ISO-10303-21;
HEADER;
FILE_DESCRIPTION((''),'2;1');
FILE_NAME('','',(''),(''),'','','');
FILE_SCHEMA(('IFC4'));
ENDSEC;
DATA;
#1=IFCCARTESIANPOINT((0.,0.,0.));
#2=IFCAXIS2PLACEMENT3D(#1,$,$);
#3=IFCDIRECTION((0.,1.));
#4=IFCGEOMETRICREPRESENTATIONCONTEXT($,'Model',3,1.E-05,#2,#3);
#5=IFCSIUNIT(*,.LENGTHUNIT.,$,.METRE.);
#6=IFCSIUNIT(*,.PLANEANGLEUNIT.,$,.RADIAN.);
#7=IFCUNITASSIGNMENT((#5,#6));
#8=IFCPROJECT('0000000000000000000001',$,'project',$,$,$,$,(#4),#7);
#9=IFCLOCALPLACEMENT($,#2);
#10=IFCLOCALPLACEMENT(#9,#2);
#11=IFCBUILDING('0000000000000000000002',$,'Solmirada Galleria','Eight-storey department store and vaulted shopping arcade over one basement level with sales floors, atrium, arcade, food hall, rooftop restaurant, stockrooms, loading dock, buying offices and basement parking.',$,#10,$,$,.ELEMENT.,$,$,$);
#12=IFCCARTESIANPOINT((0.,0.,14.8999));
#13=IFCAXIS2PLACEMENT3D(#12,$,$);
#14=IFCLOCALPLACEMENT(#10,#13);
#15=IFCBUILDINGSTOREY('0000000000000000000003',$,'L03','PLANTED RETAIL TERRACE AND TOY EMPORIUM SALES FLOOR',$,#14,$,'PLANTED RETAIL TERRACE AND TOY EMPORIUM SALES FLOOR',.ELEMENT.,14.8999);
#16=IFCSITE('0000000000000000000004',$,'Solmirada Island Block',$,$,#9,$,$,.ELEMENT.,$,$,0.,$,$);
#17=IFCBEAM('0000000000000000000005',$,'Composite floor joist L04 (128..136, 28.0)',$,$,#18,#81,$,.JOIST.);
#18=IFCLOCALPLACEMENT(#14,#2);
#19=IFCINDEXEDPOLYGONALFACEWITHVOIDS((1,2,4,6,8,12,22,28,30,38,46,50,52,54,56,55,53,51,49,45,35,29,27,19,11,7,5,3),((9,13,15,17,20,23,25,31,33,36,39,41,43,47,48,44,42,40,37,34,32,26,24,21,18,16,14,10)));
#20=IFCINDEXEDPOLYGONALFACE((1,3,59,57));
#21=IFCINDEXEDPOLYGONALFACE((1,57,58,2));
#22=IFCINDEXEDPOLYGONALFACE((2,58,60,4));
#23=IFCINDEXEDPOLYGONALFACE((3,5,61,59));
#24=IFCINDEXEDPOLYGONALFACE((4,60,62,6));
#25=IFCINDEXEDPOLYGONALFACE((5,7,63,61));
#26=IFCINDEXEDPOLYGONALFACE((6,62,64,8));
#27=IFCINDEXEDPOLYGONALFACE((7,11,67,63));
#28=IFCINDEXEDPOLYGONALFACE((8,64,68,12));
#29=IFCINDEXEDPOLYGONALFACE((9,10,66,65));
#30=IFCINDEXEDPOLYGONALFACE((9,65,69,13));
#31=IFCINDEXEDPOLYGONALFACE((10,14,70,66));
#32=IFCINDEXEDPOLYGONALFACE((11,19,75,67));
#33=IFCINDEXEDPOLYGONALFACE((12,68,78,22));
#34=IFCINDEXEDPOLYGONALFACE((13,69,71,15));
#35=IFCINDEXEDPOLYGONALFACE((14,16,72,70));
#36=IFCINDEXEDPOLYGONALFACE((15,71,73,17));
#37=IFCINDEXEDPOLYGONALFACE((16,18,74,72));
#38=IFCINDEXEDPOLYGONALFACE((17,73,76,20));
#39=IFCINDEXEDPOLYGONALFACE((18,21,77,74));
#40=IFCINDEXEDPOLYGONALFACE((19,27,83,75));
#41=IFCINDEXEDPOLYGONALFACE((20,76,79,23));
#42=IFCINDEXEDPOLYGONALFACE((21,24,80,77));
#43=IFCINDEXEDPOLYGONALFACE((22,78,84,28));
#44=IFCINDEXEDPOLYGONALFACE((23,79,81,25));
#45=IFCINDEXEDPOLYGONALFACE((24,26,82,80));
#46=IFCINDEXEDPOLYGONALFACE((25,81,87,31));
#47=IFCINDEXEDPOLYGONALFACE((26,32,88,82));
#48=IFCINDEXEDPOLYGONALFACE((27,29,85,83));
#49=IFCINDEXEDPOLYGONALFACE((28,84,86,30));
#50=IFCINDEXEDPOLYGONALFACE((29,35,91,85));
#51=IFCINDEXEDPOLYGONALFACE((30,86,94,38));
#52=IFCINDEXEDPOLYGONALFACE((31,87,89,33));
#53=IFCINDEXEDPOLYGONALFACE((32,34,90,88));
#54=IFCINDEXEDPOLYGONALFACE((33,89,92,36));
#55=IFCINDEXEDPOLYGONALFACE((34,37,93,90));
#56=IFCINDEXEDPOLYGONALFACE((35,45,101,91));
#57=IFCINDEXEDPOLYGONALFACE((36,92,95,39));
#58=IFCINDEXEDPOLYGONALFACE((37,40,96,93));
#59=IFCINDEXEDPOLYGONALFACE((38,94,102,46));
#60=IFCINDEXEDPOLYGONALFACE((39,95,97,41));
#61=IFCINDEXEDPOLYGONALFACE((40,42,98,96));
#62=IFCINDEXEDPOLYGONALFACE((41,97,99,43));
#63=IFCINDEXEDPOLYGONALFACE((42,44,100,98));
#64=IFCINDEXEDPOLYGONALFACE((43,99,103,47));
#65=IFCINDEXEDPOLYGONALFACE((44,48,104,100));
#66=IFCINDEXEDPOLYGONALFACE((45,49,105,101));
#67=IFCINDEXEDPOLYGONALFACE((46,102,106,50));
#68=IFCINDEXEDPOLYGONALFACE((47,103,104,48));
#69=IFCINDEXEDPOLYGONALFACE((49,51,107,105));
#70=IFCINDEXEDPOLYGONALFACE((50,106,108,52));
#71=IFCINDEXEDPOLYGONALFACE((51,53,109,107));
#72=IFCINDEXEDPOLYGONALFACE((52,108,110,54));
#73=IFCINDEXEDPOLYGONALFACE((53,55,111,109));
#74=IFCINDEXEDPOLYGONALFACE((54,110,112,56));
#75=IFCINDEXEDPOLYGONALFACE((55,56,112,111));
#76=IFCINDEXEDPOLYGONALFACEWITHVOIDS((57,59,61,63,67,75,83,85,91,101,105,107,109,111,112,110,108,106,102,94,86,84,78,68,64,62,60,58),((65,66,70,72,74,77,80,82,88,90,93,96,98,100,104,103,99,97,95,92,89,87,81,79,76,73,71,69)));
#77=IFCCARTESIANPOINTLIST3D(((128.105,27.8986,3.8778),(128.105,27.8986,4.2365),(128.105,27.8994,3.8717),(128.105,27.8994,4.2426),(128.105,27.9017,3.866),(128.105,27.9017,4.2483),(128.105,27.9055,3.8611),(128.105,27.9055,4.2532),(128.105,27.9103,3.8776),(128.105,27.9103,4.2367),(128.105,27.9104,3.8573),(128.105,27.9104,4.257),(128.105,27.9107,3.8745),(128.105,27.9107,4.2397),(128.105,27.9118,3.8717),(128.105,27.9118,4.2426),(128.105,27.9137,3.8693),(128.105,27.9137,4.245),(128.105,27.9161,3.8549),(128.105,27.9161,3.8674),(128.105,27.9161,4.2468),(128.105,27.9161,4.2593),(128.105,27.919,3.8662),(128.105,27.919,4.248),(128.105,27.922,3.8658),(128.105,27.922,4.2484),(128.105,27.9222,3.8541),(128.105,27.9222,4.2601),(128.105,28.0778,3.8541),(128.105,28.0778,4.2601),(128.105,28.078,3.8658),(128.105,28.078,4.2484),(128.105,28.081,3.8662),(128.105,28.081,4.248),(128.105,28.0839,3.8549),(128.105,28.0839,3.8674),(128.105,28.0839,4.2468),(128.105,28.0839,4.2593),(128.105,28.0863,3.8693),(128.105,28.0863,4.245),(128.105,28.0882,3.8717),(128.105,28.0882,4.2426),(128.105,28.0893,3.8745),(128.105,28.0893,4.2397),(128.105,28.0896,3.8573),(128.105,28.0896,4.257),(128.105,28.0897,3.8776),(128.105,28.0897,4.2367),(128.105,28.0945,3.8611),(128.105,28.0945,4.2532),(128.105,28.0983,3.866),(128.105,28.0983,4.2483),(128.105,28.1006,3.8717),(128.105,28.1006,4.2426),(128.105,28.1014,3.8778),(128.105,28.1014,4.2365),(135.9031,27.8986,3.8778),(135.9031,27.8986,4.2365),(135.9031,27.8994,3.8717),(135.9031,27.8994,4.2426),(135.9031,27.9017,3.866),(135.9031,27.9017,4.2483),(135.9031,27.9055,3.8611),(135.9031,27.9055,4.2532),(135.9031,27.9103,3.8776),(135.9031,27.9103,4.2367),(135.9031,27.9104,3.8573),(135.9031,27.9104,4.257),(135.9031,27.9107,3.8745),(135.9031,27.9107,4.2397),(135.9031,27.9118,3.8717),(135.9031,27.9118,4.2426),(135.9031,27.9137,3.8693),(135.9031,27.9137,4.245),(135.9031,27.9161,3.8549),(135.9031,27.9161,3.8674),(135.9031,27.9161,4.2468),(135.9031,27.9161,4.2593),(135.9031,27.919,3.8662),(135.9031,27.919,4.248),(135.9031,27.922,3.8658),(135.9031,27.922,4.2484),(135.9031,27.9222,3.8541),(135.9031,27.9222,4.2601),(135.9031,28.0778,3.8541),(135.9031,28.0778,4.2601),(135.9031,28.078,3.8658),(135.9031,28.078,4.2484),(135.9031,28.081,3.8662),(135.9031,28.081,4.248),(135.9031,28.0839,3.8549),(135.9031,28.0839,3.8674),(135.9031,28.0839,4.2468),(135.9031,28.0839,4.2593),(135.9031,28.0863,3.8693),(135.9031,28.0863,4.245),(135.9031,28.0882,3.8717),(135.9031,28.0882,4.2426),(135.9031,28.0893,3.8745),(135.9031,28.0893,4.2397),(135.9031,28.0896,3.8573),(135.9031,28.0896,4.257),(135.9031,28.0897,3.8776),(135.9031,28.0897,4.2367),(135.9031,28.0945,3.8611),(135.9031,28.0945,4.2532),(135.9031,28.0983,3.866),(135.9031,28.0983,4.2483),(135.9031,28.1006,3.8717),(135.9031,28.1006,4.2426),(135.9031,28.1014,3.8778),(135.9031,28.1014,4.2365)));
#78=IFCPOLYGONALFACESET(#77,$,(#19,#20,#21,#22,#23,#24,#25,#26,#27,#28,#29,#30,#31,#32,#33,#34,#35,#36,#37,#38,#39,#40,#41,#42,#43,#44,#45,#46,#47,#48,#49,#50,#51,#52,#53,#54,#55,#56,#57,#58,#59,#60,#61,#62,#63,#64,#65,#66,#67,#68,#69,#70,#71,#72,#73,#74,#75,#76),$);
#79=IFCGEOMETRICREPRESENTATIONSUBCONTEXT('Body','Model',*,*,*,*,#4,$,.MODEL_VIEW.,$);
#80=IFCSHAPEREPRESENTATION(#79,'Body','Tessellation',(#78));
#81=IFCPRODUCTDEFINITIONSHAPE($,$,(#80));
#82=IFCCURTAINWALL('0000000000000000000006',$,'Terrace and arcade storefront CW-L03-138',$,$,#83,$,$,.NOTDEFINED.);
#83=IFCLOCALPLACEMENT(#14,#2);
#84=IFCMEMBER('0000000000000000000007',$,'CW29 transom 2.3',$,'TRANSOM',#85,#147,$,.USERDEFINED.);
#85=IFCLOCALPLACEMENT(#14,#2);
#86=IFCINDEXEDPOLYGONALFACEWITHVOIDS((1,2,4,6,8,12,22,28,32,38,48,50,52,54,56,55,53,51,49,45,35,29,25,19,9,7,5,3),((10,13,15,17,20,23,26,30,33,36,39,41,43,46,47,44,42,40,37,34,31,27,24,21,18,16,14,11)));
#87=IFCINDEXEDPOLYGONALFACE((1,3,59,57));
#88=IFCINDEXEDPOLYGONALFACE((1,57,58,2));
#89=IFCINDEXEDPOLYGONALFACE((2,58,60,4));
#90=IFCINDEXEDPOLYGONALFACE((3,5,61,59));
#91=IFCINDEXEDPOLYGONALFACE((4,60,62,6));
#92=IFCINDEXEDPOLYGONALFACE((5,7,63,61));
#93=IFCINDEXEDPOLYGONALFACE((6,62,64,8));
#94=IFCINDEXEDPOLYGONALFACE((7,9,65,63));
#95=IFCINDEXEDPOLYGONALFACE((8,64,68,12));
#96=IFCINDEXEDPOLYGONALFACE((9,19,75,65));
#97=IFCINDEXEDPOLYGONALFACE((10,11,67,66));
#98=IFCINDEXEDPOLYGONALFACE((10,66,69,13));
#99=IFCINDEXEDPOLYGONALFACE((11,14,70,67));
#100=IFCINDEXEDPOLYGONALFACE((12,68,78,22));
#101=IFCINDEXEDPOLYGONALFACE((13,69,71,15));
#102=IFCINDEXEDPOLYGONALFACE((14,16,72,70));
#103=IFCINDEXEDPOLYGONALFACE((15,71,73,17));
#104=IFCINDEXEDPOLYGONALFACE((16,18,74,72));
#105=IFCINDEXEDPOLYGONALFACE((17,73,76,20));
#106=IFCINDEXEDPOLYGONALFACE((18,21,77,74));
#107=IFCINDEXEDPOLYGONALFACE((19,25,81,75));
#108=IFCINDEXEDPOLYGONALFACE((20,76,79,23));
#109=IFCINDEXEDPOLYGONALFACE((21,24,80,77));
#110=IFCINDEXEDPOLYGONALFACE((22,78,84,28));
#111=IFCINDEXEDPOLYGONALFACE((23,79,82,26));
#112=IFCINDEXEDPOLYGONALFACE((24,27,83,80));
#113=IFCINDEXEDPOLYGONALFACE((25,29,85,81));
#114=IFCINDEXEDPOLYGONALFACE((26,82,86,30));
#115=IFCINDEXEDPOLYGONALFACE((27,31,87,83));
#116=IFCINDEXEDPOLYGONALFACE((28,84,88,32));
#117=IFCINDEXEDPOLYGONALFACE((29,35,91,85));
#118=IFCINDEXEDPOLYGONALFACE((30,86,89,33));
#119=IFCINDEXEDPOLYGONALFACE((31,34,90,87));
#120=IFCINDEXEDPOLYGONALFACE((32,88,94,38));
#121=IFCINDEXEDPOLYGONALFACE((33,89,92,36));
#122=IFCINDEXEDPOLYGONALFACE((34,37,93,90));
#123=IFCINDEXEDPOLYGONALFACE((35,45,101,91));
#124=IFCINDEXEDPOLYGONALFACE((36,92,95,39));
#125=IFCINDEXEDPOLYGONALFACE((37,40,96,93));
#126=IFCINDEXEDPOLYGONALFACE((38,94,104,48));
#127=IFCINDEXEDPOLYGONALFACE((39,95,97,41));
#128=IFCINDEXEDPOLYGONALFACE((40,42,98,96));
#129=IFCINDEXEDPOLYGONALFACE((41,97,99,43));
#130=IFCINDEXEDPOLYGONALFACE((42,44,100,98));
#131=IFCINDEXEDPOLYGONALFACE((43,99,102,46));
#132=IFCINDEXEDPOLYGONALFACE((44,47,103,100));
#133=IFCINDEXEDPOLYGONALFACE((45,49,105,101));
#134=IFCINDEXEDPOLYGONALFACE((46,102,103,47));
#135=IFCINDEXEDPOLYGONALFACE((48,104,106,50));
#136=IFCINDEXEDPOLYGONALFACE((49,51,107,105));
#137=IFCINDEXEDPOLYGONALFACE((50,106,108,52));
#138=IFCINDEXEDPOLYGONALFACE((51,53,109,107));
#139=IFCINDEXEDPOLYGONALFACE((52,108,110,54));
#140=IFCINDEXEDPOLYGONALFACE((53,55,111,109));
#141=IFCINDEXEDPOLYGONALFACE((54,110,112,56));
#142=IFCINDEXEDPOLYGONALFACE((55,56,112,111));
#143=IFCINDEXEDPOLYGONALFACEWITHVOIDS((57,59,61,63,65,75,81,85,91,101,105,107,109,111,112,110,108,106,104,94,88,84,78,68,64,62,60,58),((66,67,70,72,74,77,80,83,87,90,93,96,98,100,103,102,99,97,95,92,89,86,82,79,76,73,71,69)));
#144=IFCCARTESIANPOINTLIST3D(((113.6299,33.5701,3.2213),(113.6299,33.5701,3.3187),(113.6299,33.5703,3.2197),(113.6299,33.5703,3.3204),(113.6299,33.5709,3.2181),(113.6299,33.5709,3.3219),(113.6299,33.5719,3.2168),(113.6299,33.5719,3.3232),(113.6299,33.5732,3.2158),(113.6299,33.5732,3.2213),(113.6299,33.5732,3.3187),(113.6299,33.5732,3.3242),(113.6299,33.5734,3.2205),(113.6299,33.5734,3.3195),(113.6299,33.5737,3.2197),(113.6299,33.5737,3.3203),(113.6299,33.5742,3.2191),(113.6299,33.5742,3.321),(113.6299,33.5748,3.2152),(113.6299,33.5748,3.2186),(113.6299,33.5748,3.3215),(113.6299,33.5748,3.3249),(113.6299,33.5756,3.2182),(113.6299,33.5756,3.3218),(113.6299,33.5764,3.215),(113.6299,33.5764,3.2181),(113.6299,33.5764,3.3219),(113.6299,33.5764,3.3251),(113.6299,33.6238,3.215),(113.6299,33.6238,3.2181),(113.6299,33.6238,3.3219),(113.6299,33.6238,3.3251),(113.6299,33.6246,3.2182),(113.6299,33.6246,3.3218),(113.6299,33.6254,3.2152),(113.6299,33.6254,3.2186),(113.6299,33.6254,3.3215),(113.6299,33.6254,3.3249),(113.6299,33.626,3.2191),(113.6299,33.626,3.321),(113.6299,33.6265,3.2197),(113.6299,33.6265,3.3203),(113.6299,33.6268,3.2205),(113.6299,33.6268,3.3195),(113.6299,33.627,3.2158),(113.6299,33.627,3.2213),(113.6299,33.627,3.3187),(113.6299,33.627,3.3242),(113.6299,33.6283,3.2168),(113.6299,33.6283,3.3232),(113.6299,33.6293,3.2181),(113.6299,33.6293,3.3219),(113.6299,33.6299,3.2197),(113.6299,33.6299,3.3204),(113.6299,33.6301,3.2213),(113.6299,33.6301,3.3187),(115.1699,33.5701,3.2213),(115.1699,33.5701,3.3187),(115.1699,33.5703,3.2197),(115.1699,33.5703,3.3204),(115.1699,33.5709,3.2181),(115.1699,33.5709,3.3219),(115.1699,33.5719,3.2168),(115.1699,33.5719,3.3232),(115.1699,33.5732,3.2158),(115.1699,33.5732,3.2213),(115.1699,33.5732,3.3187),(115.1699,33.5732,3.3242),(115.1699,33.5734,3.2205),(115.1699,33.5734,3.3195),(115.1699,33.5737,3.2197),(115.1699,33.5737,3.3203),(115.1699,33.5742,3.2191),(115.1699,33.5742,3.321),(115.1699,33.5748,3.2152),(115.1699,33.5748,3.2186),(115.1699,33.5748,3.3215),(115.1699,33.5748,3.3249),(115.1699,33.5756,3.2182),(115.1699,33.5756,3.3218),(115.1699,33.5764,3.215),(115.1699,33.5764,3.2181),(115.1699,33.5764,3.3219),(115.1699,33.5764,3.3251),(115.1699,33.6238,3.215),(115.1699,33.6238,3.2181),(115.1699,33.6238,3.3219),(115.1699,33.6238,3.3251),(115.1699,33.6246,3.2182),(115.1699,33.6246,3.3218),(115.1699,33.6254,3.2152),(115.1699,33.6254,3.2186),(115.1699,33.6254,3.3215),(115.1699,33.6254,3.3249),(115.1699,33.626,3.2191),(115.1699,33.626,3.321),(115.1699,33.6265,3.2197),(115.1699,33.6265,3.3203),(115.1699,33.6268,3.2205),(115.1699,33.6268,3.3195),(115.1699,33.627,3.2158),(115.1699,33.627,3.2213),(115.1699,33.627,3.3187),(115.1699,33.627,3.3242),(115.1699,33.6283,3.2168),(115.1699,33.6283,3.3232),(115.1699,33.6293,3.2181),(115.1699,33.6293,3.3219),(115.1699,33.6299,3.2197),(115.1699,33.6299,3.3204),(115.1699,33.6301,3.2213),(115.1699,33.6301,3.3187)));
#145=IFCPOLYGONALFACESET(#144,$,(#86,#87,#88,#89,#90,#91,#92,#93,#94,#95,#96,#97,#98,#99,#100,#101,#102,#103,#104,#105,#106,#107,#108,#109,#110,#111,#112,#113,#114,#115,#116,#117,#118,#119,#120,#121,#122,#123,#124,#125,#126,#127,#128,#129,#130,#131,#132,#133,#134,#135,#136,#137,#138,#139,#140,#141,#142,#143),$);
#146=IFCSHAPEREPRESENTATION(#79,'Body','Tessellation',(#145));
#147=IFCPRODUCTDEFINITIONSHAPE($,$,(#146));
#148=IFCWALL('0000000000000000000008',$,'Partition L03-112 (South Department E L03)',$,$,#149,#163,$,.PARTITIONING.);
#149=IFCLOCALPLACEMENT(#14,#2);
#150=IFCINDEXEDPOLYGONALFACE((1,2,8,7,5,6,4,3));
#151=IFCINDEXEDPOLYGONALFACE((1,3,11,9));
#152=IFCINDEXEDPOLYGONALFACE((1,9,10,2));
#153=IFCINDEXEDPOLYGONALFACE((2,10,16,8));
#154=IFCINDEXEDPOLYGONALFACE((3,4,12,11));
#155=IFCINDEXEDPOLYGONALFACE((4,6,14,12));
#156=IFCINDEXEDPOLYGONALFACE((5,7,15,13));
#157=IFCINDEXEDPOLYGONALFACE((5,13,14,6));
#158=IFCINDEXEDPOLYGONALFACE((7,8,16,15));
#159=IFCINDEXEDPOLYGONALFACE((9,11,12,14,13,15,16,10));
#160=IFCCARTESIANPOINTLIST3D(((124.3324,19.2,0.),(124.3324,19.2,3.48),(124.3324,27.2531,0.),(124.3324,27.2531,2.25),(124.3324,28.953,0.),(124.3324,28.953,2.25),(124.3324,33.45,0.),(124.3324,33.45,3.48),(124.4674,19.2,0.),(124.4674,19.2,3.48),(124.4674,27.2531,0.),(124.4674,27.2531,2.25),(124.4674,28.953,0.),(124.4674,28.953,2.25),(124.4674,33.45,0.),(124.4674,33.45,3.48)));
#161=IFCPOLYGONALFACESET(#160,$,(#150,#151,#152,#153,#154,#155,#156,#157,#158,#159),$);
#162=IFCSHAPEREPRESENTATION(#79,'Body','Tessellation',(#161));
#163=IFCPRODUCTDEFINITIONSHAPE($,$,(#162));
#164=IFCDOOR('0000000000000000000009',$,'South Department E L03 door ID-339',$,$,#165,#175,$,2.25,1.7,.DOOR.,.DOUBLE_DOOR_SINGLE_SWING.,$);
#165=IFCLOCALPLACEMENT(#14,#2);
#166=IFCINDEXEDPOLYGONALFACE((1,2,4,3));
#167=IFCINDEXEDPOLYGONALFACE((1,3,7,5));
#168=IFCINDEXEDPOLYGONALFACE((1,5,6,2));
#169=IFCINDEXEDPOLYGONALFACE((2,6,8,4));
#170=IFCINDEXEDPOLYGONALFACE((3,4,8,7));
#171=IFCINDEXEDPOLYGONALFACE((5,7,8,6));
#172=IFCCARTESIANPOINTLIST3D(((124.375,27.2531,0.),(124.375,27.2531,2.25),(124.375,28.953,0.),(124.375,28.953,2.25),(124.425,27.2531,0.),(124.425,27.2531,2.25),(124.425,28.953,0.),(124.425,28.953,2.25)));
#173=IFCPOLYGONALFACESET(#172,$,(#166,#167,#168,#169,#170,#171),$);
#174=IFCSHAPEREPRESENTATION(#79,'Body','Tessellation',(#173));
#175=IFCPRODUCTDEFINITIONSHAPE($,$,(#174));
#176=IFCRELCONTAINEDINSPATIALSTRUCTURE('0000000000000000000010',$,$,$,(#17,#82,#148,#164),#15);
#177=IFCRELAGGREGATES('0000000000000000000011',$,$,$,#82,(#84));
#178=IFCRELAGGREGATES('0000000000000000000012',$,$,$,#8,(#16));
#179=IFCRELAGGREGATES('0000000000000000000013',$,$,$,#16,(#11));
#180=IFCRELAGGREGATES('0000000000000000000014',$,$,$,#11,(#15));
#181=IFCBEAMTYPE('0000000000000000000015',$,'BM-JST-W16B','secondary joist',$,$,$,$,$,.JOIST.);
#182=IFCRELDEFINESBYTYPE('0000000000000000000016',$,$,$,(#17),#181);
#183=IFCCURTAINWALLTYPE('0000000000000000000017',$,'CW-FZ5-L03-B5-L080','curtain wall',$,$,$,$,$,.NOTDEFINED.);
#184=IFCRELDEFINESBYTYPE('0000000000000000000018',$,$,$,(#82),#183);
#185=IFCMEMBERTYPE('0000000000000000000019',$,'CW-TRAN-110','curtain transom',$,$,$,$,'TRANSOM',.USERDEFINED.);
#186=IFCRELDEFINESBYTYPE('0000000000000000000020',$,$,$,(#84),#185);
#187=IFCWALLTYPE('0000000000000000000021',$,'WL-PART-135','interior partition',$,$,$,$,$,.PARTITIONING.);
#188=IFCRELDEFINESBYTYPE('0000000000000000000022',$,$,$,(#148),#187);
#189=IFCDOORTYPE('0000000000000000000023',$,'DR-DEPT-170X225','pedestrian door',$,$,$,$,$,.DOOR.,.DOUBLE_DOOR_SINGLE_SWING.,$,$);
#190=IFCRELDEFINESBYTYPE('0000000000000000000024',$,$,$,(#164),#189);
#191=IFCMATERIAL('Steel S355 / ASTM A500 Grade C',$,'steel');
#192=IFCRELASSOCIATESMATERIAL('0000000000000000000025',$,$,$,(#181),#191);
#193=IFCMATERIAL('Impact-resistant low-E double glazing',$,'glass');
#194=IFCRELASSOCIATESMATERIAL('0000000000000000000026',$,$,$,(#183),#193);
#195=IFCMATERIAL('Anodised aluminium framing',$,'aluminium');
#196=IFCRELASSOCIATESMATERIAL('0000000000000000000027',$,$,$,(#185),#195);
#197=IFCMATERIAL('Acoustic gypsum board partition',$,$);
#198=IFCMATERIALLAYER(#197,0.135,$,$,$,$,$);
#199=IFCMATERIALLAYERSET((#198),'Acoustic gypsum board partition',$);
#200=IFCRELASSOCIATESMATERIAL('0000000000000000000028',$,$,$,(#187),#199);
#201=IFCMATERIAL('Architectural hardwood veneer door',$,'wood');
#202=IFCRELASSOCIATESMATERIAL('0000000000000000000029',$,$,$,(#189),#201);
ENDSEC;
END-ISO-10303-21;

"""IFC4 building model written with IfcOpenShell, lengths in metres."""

from ifc_helpers import new_model, si_unit, direction, frame, frame_2d, origin, origin_2d, place, context, subcontext, project, spatial, rectangle, hollow_rectangle, extrude, material, layer, layer_set, material_profile, profile_set, type_object, element, fill, aggregate, save


model = new_model("IFC4")

# Units and contexts
model_context = context("Model", 3, precision=1e-05, world=origin(), true_north=direction((0.0, 1.0)))
body_context = subcontext(model_context, "Body", "Model", "MODEL_VIEW")
ifc_project = project(units=[si_unit("LENGTHUNIT", "METRE"), si_unit("PLANEANGLEUNIT", "RADIAN")], contexts=[model_context])

# Site, building, storey
site_placement = place(None, origin())
site = spatial("IfcSite", under=ifc_project, at=site_placement, Name="Solmirada Island Block", CompositionType="ELEMENT", RefElevation=0.0)
building_placement = place(site_placement, origin())
building = spatial("IfcBuilding", under=site, at=building_placement, Name="Solmirada Galleria", Description="Eight-storey department store and vaulted shopping arcade over one basement level with sales floors, atrium, arcade, food hall, rooftop restaurant, stockrooms, loading dock, buying offices and basement parking.", CompositionType="ELEMENT")
storey_placement = place(building_placement, frame((0.0, 0.0, 14.8999)))
storey = spatial("IfcBuildingStorey", under=building, at=storey_placement, Name="L03", Description="PLANTED RETAIL TERRACE AND TOY EMPORIUM SALES FLOOR", LongName="PLANTED RETAIL TERRACE AND TOY EMPORIUM SALES FLOOR", CompositionType="ELEMENT", Elevation=14.8999)

# Shared definitions
ifc_material_1 = material(Name="Steel S355 / ASTM A500 Grade C", Category="steel")

# Beam
ifc_material_profile_1 = material_profile(ifc_material_1, hollow_rectangle(XDim=0.2029, YDim=0.406, WallThickness=0.0117, InnerFilletRadius=0.0117, OuterFilletRadius=0.0237, at=origin_2d()), Name="HSS16X8X1/2")
ifc_profile_set_1 = profile_set([ifc_material_profile_1], Name="Steel S355 / ASTM A500 Grade C")
beam_type_1 = type_object("IfcBeamType", Name="BM-JST-W16B", Description="secondary joist", PredefinedType="JOIST", material=ifc_profile_set_1)
for number, where, z_axis, x_axis, name in (
    (1, (128.105, 28.0, 4.0571), (1.0, 0.0, 0.0), (0.0, 1.0, 0.0), "Composite floor joist L04 (128..136, 28.0)"),
):
    element("IfcBeam", number, at=place(storey_placement, frame(where, z_axis=z_axis, x_axis=x_axis)), inside=storey, type_object=beam_type_1, Name=name, PredefinedType="JOIST", context=body_context, shape_type="SweptSolid", body=[
        extrude(hollow_rectangle(XDim=0.2029, YDim=0.406, WallThickness=0.0117, InnerFilletRadius=0.0117, OuterFilletRadius=0.0237, at=origin_2d()), origin(), (0.0, 0.0, 1.0), 7.7981),
    ])

# Curtain wall, member
ifc_material_2 = material(Name="Impact-resistant low-E double glazing", Category="glass")
curtain_wall_type = type_object("IfcCurtainWallType", Name="CW-FZ5-L03-B5-L080", Description="curtain wall", PredefinedType="NOTDEFINED", material=ifc_material_2)
curtain_wall_placement = place(storey_placement, origin())
curtain_wall = element("IfcCurtainWall", 2, at=curtain_wall_placement, inside=storey, type_object=curtain_wall_type, Name="Terrace and arcade storefront CW-L03-138", PredefinedType="NOTDEFINED")
ifc_material_3 = material(Name="Anodised aluminium framing", Category="aluminium")
ifc_material_profile_2 = material_profile(ifc_material_3, hollow_rectangle(XDim=0.0601, YDim=0.1101, WallThickness=0.0032, InnerFilletRadius=0.0032, OuterFilletRadius=0.0063, at=origin_2d()), Name="ALU-TRAN-110X60")
ifc_profile_set_2 = profile_set([ifc_material_profile_2], Name="Anodised aluminium framing")
member_type = type_object("IfcMemberType", Name="CW-TRAN-110", Description="curtain transom", ElementType="TRANSOM", PredefinedType="USERDEFINED", material=ifc_profile_set_2)
member_placement = place(storey_placement, frame((113.6299, 33.6001, 3.27), z_axis=(1.0, 0.0, 0.0), x_axis=(0.0, 1.0, 0.0)))
member = element("IfcMember", 3, at=member_placement, type_object=member_type, Name="CW29 transom 2.3", ObjectType="TRANSOM", PredefinedType="USERDEFINED", context=body_context, shape_type="SweptSolid", body=[
    extrude(hollow_rectangle(XDim=0.0601, YDim=0.1101, WallThickness=0.0032, InnerFilletRadius=0.0032, OuterFilletRadius=0.0063, at=origin_2d()), origin(), (0.0, 0.0, 1.0), 1.54),
])
aggregate(curtain_wall, [member])

# Wall, opening, door
ifc_material_4 = material(Name="Acoustic gypsum board partition")
ifc_layer_1 = layer(ifc_material_4, 0.135)
ifc_layer_set_1 = layer_set([ifc_layer_1], Name="Acoustic gypsum board partition")
wall_type_1 = type_object("IfcWallType", Name="WL-PART-135", Description="interior partition", PredefinedType="PARTITIONING", material=ifc_layer_set_1)
wall_1_placement = place(storey_placement, frame((124.3999, 19.2, 0.0), z_axis=(0.0, 0.0, 1.0), x_axis=(0.0, 1.0, 0.0)))
wall_1 = element("IfcWall", 4, at=wall_1_placement, inside=storey, type_object=wall_type_1, Name="Partition L03-112 (South Department E L03)", PredefinedType="PARTITIONING", context=body_context, shape_type="SweptSolid", body=[
    extrude(rectangle(XDim=14.25, YDim=0.135, at=frame_2d((7.125, 0.0))), origin(), (0.0, 0.0, 1.0), 3.48),
])
opening_1_placement = place(wall_1_placement, frame((8.053, 0.0, 0.0)))
opening_1 = element("IfcOpeningElement", 5, at=opening_1_placement, cuts=wall_1, PredefinedType="OPENING", context=body_context, shape_type="SweptSolid", body=[
    extrude(rectangle(XDim=1.7, YDim=2.25, at=frame_2d((0.8501, 1.125))), frame((0.0, 0.0774, 0.0), z_axis=(0.0, -1.0, 0.0), x_axis=(1.0, 0.0, 0.0)), (0.0, 0.0, 1.0), 0.155),
])
ifc_material_5 = material(Name="Architectural hardwood veneer door", Category="wood")
door_type = type_object("IfcDoorType", Name="DR-DEPT-170X225", Description="pedestrian door", OperationType="DOUBLE_DOOR_SINGLE_SWING", PredefinedType="DOOR", material=ifc_material_5)
door_1_placement = place(opening_1_placement, origin())
door_1 = element("IfcDoor", 6, at=door_1_placement, inside=storey, type_object=door_type, Name="South Department E L03 door ID-339", OperationType="DOUBLE_DOOR_SINGLE_SWING", OverallHeight=2.25, OverallWidth=1.7, PredefinedType="DOOR", context=body_context, shape_type="SweptSolid", body=[
    extrude(rectangle(XDim=1.7, YDim=2.25, at=frame_2d((0.8501, 1.125))), frame((0.0, 0.0249, 0.0), z_axis=(0.0, -1.0, 0.0), x_axis=(1.0, 0.0, 0.0)), (0.0, 0.0, 1.0), 0.05),
])
fill(opening_1, door_1)

save(model, "model.ifc")
